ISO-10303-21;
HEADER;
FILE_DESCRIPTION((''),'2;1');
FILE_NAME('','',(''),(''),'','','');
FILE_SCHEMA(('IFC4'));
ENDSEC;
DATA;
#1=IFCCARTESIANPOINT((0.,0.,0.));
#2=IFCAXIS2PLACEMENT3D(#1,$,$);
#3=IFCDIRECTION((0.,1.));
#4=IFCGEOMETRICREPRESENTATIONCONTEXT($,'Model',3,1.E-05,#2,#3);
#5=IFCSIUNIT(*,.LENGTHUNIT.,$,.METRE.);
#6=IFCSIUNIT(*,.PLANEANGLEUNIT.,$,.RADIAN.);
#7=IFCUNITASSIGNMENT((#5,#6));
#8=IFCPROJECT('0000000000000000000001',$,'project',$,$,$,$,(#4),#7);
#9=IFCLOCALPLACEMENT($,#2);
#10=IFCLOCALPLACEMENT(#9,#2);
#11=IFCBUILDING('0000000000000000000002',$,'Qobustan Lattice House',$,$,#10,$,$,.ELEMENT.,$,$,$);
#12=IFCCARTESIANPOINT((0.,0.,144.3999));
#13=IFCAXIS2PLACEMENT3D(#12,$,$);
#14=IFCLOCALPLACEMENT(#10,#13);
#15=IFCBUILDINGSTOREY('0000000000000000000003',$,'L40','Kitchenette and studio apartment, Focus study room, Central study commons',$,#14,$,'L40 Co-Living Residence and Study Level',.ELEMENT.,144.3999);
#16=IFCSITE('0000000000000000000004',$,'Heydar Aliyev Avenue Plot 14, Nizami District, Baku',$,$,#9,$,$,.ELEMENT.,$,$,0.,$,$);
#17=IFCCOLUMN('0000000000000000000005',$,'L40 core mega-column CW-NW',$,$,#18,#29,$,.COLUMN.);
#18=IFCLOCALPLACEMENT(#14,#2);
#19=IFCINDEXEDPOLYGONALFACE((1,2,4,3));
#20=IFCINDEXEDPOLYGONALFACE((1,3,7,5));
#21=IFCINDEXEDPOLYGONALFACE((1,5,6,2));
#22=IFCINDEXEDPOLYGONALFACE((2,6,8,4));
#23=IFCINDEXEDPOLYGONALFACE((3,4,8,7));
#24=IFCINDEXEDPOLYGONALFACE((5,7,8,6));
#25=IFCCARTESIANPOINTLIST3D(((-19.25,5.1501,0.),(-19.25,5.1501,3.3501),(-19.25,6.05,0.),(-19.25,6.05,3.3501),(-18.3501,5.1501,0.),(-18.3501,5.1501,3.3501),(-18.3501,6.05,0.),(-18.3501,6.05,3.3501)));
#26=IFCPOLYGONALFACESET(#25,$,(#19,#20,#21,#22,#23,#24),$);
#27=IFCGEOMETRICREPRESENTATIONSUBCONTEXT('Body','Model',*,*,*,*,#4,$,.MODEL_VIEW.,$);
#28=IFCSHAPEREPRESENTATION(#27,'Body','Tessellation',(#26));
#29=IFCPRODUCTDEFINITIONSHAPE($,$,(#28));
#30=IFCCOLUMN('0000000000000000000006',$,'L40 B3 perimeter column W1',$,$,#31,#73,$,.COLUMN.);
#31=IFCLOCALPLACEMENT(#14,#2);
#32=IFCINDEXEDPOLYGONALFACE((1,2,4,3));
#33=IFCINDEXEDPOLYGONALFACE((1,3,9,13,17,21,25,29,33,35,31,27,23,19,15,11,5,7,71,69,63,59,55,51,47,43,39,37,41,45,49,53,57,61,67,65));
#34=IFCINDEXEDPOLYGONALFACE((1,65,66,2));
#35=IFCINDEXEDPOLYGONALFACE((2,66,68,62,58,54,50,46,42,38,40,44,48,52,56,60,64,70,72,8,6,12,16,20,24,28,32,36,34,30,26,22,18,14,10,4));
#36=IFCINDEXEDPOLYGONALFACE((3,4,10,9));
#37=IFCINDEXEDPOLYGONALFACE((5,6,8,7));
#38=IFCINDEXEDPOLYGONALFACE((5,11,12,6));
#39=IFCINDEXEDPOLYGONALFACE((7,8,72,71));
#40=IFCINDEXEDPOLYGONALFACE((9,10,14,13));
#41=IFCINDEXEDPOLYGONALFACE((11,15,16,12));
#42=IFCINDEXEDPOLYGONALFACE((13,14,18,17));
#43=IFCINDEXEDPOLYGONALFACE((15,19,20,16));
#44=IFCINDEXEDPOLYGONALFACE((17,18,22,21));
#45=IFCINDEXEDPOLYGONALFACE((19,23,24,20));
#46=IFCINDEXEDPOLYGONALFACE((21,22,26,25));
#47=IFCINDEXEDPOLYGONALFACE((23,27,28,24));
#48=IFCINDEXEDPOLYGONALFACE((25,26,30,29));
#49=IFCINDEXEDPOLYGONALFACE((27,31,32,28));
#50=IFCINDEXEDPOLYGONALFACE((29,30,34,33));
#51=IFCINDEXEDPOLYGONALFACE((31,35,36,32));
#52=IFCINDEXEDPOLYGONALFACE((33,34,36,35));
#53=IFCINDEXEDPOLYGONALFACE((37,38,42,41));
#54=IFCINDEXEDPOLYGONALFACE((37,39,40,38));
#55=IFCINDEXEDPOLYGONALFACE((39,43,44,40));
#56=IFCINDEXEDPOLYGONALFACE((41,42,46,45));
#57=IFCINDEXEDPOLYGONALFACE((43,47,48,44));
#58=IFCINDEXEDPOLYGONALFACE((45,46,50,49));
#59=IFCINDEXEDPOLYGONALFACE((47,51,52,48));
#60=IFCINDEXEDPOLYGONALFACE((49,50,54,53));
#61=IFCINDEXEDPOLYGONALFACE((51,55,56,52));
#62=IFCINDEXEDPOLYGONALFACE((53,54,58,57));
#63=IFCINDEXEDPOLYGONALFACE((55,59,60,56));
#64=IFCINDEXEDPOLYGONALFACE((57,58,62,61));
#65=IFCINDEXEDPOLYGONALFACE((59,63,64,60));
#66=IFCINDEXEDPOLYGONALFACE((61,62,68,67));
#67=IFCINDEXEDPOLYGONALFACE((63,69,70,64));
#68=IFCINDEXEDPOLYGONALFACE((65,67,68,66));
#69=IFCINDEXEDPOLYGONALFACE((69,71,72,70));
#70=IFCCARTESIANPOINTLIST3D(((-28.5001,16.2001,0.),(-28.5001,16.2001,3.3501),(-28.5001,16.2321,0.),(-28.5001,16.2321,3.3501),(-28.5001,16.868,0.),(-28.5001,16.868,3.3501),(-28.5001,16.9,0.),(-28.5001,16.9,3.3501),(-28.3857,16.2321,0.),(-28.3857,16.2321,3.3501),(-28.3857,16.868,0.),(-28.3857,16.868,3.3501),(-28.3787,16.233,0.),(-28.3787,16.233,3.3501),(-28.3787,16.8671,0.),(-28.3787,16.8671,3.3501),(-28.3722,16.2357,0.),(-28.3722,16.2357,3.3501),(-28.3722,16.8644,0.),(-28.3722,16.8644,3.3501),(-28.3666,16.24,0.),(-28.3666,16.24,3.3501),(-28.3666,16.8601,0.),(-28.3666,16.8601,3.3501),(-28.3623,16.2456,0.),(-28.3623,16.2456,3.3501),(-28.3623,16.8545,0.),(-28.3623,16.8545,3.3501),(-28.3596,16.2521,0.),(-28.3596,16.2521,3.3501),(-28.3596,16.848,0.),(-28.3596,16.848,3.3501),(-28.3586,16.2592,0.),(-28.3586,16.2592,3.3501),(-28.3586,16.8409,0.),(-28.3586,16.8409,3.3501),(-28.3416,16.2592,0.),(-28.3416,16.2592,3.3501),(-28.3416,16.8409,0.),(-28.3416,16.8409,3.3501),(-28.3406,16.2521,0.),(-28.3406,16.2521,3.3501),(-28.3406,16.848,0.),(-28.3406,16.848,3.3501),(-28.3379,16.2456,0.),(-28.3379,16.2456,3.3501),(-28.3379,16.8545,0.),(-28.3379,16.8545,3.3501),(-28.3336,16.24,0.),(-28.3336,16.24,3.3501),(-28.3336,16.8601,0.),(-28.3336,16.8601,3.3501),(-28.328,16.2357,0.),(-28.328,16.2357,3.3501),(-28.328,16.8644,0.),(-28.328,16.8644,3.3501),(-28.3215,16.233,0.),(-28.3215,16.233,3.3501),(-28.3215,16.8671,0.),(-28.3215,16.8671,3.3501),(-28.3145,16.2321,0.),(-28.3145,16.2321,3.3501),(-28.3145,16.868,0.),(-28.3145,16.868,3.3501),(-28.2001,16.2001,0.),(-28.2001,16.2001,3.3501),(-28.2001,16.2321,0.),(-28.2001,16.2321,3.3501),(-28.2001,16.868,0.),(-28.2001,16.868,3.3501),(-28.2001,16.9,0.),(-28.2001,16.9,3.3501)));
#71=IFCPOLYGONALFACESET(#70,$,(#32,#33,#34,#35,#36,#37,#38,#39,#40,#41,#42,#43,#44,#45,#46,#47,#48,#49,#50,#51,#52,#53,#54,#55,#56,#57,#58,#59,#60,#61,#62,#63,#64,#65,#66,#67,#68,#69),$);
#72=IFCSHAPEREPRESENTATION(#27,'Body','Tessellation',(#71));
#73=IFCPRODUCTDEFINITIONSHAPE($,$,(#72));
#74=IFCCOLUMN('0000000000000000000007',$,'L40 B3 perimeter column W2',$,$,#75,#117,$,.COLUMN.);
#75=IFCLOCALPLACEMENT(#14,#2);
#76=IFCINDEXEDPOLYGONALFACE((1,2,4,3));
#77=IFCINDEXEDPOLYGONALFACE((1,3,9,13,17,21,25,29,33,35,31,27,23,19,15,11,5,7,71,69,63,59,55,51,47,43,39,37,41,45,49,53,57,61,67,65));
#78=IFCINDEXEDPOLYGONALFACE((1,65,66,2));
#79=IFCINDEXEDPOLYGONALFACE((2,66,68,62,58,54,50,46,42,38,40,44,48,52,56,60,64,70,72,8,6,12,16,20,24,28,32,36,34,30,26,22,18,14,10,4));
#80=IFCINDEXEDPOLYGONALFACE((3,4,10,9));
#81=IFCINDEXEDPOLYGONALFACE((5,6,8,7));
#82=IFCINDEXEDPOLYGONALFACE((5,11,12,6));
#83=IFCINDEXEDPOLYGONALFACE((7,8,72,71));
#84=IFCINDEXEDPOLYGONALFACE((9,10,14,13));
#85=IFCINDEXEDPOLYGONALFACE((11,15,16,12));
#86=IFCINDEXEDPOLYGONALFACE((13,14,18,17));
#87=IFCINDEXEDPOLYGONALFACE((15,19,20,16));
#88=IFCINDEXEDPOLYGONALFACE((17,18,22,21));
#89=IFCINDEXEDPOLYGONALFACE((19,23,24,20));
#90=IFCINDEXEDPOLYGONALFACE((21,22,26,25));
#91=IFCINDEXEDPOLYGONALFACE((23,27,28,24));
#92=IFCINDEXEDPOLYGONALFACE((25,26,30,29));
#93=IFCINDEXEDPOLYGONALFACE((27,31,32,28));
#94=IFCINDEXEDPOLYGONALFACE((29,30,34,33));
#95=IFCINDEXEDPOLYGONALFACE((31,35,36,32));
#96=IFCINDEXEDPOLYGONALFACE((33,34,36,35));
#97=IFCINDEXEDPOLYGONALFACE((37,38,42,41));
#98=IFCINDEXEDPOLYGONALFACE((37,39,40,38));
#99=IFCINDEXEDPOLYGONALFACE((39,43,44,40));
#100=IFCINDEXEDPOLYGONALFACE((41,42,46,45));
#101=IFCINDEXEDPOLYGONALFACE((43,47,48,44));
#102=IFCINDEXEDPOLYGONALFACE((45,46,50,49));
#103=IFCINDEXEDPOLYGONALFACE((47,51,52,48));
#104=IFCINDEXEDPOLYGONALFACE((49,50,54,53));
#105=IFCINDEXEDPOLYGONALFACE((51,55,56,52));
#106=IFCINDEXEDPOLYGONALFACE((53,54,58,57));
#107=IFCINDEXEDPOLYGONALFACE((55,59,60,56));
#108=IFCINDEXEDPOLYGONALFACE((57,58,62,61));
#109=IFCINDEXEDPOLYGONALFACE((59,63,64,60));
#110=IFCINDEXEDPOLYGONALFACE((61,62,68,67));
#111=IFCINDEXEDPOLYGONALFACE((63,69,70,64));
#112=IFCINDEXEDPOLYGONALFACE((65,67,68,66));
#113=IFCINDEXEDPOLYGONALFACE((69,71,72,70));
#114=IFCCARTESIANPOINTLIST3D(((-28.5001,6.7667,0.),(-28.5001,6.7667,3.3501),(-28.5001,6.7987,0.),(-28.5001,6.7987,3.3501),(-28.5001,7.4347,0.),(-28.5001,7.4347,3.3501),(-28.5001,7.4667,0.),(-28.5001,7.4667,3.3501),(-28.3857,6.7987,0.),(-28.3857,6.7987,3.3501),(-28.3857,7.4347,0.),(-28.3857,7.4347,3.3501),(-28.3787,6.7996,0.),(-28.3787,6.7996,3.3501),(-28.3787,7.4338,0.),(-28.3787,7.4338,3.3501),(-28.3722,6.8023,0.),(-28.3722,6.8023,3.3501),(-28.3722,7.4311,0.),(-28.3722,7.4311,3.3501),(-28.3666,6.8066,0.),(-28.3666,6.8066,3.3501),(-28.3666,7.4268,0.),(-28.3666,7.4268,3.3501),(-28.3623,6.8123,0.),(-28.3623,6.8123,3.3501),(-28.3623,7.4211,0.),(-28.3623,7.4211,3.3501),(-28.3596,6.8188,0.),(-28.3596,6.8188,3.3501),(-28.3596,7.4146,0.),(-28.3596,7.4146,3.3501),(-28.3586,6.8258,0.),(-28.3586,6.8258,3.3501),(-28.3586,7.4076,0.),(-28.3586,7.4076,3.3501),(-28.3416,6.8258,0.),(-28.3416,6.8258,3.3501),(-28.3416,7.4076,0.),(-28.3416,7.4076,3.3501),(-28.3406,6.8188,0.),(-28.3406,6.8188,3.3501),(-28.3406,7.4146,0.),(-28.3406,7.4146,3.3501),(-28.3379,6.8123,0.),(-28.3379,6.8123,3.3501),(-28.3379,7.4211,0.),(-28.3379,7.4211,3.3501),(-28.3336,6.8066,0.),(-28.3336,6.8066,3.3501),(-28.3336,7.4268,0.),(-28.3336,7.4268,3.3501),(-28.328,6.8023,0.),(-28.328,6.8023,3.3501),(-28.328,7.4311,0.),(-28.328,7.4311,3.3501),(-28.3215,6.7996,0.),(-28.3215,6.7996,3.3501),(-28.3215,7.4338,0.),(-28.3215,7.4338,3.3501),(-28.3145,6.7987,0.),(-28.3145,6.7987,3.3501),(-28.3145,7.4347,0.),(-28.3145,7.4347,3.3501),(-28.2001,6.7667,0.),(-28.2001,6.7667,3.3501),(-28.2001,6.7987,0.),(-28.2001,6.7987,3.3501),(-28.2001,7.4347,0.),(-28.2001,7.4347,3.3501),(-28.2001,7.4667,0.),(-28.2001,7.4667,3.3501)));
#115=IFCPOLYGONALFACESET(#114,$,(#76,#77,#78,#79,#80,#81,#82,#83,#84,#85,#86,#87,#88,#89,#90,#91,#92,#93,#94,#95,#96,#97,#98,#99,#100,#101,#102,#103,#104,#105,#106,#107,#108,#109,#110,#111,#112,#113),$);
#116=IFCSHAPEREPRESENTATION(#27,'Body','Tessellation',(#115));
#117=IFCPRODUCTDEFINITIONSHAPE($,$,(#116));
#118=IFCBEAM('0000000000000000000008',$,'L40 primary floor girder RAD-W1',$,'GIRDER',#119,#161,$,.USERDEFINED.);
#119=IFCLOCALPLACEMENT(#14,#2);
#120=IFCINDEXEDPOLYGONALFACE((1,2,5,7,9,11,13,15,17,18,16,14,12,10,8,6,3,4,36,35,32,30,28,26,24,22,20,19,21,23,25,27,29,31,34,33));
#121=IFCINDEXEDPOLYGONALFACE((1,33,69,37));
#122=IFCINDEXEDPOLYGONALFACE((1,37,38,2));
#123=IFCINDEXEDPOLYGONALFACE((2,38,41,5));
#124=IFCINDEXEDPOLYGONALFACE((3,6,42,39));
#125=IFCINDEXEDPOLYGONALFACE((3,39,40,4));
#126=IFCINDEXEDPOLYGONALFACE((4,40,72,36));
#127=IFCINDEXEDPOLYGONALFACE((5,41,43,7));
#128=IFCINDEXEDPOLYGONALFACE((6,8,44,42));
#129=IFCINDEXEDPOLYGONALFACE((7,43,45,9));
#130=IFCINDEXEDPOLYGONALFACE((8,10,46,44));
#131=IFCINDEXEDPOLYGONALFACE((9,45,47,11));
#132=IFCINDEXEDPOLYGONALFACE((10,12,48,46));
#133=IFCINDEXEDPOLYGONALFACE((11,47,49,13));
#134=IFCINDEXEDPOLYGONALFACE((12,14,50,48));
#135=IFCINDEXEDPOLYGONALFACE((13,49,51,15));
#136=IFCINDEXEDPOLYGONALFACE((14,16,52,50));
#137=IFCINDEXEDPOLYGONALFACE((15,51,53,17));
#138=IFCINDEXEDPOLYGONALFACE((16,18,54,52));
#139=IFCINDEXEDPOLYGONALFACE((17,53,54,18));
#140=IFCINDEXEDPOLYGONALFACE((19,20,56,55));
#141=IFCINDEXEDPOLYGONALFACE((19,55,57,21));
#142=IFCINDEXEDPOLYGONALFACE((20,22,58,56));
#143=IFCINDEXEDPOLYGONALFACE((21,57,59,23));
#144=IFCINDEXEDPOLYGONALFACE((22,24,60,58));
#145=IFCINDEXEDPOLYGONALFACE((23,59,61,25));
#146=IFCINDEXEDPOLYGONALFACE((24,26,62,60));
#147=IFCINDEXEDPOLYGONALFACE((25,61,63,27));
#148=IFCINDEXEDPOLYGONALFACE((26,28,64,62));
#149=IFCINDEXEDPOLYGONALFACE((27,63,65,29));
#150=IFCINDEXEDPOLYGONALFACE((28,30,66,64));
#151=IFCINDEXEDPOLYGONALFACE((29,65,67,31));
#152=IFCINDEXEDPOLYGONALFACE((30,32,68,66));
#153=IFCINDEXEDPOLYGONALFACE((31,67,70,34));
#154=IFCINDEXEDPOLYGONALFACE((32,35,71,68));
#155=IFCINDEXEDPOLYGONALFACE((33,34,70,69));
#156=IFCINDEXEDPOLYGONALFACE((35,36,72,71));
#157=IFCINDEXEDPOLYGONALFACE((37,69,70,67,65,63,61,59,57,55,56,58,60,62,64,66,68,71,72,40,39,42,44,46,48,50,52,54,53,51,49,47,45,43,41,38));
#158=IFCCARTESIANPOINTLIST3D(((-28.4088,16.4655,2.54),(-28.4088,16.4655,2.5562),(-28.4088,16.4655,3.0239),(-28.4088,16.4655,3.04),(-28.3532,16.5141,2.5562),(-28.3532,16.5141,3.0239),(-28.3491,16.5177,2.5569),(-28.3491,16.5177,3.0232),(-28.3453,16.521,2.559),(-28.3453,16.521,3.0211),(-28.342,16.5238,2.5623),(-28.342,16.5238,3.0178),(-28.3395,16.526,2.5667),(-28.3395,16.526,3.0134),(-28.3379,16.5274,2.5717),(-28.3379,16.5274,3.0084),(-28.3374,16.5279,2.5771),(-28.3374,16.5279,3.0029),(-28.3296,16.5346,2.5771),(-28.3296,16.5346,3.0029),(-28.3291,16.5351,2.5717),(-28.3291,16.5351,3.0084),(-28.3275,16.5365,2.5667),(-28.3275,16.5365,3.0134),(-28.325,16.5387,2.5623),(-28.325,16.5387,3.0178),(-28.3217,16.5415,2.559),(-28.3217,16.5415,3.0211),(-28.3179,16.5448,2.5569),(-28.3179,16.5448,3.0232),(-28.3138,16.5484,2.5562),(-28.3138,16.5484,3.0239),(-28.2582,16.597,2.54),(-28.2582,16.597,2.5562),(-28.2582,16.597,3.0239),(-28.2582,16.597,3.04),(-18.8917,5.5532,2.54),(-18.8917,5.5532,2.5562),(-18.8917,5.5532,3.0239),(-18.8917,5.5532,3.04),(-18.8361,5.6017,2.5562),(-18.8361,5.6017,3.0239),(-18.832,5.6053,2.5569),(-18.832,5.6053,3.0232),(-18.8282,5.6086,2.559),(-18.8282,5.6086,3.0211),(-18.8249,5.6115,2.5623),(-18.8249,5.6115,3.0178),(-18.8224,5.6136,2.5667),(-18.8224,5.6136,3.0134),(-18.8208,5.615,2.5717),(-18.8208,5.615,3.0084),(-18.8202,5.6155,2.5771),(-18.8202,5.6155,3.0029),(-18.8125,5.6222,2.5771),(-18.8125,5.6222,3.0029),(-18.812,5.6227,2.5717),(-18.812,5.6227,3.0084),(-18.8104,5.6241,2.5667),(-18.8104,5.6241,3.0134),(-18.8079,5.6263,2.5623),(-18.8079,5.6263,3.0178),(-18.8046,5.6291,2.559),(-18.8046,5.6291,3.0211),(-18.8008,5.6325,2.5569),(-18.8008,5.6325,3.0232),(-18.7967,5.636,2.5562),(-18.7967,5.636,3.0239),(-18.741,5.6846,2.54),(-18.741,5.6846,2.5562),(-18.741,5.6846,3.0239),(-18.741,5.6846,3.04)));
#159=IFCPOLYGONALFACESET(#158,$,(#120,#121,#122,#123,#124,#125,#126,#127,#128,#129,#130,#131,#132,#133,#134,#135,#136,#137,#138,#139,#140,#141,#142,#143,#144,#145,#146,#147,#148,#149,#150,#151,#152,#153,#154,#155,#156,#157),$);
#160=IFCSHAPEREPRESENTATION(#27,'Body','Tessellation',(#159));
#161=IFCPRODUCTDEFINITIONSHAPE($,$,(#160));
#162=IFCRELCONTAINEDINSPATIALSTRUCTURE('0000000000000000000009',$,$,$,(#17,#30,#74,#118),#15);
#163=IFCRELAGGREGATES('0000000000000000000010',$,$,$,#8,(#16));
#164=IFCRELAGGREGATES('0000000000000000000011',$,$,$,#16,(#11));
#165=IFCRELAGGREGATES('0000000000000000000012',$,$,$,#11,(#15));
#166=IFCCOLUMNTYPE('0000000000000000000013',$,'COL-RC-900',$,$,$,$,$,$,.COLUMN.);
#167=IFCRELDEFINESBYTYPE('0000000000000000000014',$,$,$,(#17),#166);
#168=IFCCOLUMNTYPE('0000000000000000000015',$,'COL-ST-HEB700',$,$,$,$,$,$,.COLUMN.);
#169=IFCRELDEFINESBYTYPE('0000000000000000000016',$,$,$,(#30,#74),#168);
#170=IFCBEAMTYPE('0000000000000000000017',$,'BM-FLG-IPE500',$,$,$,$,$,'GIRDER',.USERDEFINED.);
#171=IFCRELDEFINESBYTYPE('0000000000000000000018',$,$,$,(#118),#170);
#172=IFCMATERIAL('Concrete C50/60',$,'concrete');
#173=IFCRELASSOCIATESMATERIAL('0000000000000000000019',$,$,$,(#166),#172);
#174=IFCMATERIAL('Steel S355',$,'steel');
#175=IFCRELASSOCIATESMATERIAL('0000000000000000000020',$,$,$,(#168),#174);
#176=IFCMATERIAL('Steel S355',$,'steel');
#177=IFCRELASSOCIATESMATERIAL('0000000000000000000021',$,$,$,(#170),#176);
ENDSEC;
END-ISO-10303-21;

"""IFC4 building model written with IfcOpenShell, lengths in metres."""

from ifc_helpers import new_model, si_unit, direction, frame, origin, origin_2d, place, context, subcontext, project, spatial, rectangle, i_section, extrude, material, material_profile, profile_set, type_object, element, save


model = new_model("IFC4")

# Units and contexts
model_context = context("Model", 3, precision=1e-05, world=origin(), true_north=direction((0.0, 1.0)))
body_context = subcontext(model_context, "Body", "Model", "MODEL_VIEW")
ifc_project = project(units=[si_unit("LENGTHUNIT", "METRE"), si_unit("PLANEANGLEUNIT", "RADIAN")], contexts=[model_context])

# Site, building, storey
site_placement = place(None, origin())
site = spatial("IfcSite", under=ifc_project, at=site_placement, Name="Heydar Aliyev Avenue Plot 14, Nizami District, Baku", CompositionType="ELEMENT", RefElevation=0.0)
building_placement = place(site_placement, origin())
building = spatial("IfcBuilding", under=site, at=building_placement, Name="Qobustan Lattice House", CompositionType="ELEMENT")
storey_placement = place(building_placement, frame((0.0, 0.0, 144.3999)))
storey = spatial("IfcBuildingStorey", under=building, at=storey_placement, Name="L40", Description="Kitchenette and studio apartment, Focus study room, Central study commons", LongName="L40 Co-Living Residence and Study Level", CompositionType="ELEMENT", Elevation=144.3999)

# Columns
ifc_material_1 = material(Name="Concrete C50/60", Category="concrete")
ifc_material_profile_1 = material_profile(ifc_material_1, rectangle(XDim=0.8999, YDim=0.8999, at=origin_2d()), Name="RC900x900")
ifc_profile_set_1 = profile_set([ifc_material_profile_1], Name="Concrete C50/60")
column_type_1 = type_object("IfcColumnType", Name="COL-RC-900", PredefinedType="COLUMN", material=ifc_profile_set_1)
column_placement = place(storey_placement, frame((-18.8, 5.6001, 0.0), z_axis=(0.0, 0.0, 1.0), x_axis=(1.0, 0.0, 0.0)))
element("IfcColumn", 1, at=column_placement, inside=storey, type_object=column_type_1, Name="L40 core mega-column CW-NW", PredefinedType="COLUMN", context=body_context, shape_type="SweptSolid", body=[
    extrude(rectangle(XDim=0.8999, YDim=0.8999, at=origin_2d()), origin(), (0.0, 0.0, 1.0), 3.3501),
])
ifc_material_2 = material(Name="Steel S355", Category="steel")
ifc_material_profile_2 = material_profile(ifc_material_2, i_section(OverallWidth=0.3, OverallDepth=0.7, WebThickness=0.0171, FlangeThickness=0.032, FilletRadius=0.0271, at=origin_2d()), Name="HEB700")
ifc_profile_set_2 = profile_set([ifc_material_profile_2], Name="Steel S355")
column_type_2 = type_object("IfcColumnType", Name="COL-ST-HEB700", PredefinedType="COLUMN", material=ifc_profile_set_2)
for number, where, z_axis, x_axis, name in (
    (2, (-28.3501, 16.55, 0.0), (0.0, 0.0, 1.0), (1.0, 0.0, 0.0), "L40 B3 perimeter column W1"),
    (3, (-28.3501, 7.1167, 0.0), (0.0, 0.0, 1.0), (1.0, 0.0, 0.0), "L40 B3 perimeter column W2"),
):
    element("IfcColumn", number, at=place(storey_placement, frame(where, z_axis=z_axis, x_axis=x_axis)), inside=storey, type_object=column_type_2, Name=name, PredefinedType="COLUMN", context=body_context, shape_type="SweptSolid", body=[
        extrude(i_section(OverallWidth=0.3, OverallDepth=0.7, WebThickness=0.0171, FlangeThickness=0.032, FilletRadius=0.0271, at=origin_2d()), origin(), (0.0, 0.0, 1.0), 3.3501),
    ])

# Beam
ifc_material_3 = material(Name="Steel S355", Category="steel")
ifc_material_profile_3 = material_profile(ifc_material_3, i_section(OverallWidth=0.2, OverallDepth=0.5, WebThickness=0.0103, FlangeThickness=0.0161, FilletRadius=0.021, at=origin_2d()), Name="IPE500")
ifc_profile_set_3 = profile_set([ifc_material_profile_3], Name="Steel S355")
beam_type_1 = type_object("IfcBeamType", Name="BM-FLG-IPE500", ElementType="GIRDER", PredefinedType="USERDEFINED", material=ifc_profile_set_3)
beam_1_placement = place(storey_placement, frame((-28.3335, 16.5312, 2.79), z_axis=(0.657283, -0.753644, 0.0), x_axis=(0.753644, 0.657283, 0.0)))
element("IfcBeam", 4, at=beam_1_placement, inside=storey, type_object=beam_type_1, Name="L40 primary floor girder RAD-W1", ObjectType="GIRDER", PredefinedType="USERDEFINED", context=body_context, shape_type="SweptSolid", body=[
    extrude(i_section(OverallWidth=0.2, OverallDepth=0.5, WebThickness=0.0103, FlangeThickness=0.0161, FilletRadius=0.021, at=origin_2d()), origin(), (0.0, 0.0, 1.0), 14.4795),
])

save(model, "model.ifc")
